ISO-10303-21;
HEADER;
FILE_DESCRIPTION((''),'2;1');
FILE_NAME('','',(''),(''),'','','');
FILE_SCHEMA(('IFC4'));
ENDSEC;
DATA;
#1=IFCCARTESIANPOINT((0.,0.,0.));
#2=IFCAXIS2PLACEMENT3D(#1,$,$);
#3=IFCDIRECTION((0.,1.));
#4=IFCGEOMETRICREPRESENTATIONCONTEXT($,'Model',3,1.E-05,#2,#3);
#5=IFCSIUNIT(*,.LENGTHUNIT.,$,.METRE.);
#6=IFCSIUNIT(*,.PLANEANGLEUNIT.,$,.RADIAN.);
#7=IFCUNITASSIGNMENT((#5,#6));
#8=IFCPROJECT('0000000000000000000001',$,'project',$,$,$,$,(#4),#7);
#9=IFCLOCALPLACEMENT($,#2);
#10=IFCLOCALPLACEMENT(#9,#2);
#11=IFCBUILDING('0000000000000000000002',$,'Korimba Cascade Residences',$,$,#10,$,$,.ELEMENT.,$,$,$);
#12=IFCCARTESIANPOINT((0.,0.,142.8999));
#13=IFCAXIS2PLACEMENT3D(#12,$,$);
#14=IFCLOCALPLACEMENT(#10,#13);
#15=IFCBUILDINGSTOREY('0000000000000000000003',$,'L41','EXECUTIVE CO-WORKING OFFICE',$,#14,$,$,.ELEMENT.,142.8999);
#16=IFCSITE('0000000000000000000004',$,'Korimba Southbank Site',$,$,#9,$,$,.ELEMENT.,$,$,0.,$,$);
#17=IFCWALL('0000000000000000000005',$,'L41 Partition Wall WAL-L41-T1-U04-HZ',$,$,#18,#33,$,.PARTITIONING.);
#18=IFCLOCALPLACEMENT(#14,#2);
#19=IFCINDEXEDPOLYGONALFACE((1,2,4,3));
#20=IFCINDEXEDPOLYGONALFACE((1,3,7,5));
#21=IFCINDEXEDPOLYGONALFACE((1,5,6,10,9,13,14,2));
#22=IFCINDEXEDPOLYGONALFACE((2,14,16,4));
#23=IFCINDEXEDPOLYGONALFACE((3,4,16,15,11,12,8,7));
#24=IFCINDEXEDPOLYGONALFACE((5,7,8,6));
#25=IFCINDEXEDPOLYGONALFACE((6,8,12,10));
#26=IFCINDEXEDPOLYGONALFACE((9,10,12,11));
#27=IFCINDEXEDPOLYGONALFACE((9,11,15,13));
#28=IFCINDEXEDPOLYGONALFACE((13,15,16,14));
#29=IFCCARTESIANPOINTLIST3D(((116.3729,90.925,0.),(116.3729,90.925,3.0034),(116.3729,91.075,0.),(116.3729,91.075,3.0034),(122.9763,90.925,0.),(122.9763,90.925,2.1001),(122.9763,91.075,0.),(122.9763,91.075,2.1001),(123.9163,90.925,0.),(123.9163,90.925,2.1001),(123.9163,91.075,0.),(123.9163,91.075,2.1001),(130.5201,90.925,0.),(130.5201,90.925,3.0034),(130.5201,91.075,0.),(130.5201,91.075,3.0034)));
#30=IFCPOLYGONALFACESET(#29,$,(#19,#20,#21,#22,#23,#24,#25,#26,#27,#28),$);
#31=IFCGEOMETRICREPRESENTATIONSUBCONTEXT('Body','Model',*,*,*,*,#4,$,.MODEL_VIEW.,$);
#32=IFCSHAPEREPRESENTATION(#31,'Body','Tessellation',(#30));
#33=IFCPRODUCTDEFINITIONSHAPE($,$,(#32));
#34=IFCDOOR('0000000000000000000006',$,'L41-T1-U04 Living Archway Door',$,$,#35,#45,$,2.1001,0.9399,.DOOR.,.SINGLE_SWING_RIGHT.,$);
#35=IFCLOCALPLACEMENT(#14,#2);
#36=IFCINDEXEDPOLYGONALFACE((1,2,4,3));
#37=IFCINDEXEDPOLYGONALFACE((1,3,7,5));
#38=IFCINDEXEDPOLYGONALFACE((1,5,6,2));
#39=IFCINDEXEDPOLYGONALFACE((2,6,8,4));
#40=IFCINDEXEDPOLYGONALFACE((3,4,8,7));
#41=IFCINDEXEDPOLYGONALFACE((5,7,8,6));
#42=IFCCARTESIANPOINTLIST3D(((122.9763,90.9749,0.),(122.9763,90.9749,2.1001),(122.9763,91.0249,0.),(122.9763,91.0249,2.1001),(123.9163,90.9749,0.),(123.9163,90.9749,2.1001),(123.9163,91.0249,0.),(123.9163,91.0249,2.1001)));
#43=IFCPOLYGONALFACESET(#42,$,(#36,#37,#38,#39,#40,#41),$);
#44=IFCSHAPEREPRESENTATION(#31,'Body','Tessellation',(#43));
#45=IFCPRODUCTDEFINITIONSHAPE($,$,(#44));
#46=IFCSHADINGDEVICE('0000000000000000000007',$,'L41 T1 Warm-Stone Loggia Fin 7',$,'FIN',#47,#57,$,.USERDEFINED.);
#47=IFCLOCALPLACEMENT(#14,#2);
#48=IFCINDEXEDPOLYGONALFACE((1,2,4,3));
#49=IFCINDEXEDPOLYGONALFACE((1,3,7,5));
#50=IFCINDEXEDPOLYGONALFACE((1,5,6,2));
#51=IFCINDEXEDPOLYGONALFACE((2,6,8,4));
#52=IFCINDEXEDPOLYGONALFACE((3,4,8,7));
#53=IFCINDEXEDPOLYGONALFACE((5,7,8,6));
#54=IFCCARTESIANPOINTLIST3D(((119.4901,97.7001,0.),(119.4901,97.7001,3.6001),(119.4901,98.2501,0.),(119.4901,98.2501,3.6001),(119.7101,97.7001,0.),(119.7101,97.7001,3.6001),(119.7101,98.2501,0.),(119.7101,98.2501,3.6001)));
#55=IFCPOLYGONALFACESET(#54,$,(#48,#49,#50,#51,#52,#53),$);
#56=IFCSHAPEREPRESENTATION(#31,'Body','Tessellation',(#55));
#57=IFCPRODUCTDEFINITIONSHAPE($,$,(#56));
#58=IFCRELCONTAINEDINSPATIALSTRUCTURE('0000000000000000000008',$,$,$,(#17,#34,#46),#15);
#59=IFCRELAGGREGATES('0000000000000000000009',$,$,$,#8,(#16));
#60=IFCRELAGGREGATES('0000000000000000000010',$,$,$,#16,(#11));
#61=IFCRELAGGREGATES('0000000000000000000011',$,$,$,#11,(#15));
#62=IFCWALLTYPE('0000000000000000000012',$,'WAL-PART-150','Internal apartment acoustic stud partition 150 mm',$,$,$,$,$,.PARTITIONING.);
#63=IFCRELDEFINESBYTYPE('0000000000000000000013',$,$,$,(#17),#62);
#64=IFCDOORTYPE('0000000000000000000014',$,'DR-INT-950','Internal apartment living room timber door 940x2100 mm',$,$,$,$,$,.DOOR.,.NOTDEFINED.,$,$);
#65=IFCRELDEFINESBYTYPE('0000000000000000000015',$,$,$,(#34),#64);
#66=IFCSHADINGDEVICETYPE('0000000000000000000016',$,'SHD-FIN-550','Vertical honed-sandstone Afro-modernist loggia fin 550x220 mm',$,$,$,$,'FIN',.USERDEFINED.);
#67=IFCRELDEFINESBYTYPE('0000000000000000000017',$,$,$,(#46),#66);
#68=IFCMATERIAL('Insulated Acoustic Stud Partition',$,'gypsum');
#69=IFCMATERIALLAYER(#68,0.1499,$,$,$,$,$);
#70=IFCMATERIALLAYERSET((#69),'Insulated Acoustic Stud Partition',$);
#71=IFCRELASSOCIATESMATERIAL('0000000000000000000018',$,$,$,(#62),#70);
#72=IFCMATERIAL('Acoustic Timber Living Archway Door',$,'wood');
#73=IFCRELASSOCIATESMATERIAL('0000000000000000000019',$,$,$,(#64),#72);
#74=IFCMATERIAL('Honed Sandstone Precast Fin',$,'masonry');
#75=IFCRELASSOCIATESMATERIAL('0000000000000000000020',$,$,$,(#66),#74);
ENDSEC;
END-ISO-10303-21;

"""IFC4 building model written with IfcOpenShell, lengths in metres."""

from ifc_helpers import new_model, si_unit, direction, frame, frame_2d, origin, origin_2d, place, context, subcontext, project, spatial, rectangle, extrude, material, layer, layer_set, type_object, element, fill, save


model = new_model("IFC4")

# Units and contexts
model_context = context("Model", 3, precision=1e-05, world=origin(), true_north=direction((0.0, 1.0)))
body_context = subcontext(model_context, "Body", "Model", "MODEL_VIEW")
ifc_project = project(units=[si_unit("LENGTHUNIT", "METRE"), si_unit("PLANEANGLEUNIT", "RADIAN")], contexts=[model_context])

# Site, building, storey
site_placement = place(None, origin())
site = spatial("IfcSite", under=ifc_project, at=site_placement, Name="Korimba Southbank Site", CompositionType="ELEMENT", RefElevation=0.0)
building_placement = place(site_placement, origin())
building = spatial("IfcBuilding", under=site, at=building_placement, Name="Korimba Cascade Residences", CompositionType="ELEMENT")
storey_placement = place(building_placement, frame((0.0, 0.0, 142.8999)))
storey = spatial("IfcBuildingStorey", under=building, at=storey_placement, Name="L41", Description="EXECUTIVE CO-WORKING OFFICE", CompositionType="ELEMENT", Elevation=142.8999)

# Shared definitions
ifc_material_1 = material(Name="Insulated Acoustic Stud Partition", Category="gypsum")
ifc_layer = layer(ifc_material_1, 0.1499)
ifc_layer_set = layer_set([ifc_layer], Name="Insulated Acoustic Stud Partition")
wall_type = type_object("IfcWallType", Name="WAL-PART-150", Description="Internal apartment acoustic stud partition 150 mm", PredefinedType="PARTITIONING", material=ifc_layer_set)

# Wall, opening, door
wall_1_placement = place(storey_placement, frame((116.3728, 91.0, 0.0), z_axis=(0.0, 0.0, 1.0), x_axis=(1.0, 0.0, 0.0)))
wall_1 = element("IfcWall", 1, at=wall_1_placement, inside=storey, type_object=wall_type, Name="L41 Partition Wall WAL-L41-T1-U04-HZ", PredefinedType="PARTITIONING", context=body_context, shape_type="SweptSolid", body=[
    extrude(rectangle(XDim=14.1472, YDim=0.1499, at=frame_2d((7.0737, 0.0))), origin(), (0.0, 0.0, 1.0), 3.0034),
])
opening_1_placement = place(wall_1_placement, frame((6.6035, 0.0, 0.0)))
opening_1 = element("IfcOpeningElement", 2, at=opening_1_placement, cuts=wall_1, PredefinedType="OPENING", context=body_context, shape_type="SweptSolid", body=[
    extrude(rectangle(XDim=0.9399, YDim=2.1001, at=frame_2d((0.47, 1.05))), frame((0.0, 0.085, 0.0), z_axis=(0.0, -1.0, 0.0), x_axis=(1.0, 0.0, 0.0)), (0.0, 0.0, 1.0), 0.1699),
])
ifc_material_2 = material(Name="Acoustic Timber Living Archway Door", Category="wood")
door_type_1 = type_object("IfcDoorType", Name="DR-INT-950", Description="Internal apartment living room timber door 940x2100 mm", OperationType="NOTDEFINED", PredefinedType="DOOR", material=ifc_material_2)
door_1_placement = place(opening_1_placement, origin())
door_1 = element("IfcDoor", 3, at=door_1_placement, inside=storey, type_object=door_type_1, Name="L41-T1-U04 Living Archway Door", OperationType="SINGLE_SWING_RIGHT", OverallHeight=2.1001, OverallWidth=0.9399, PredefinedType="DOOR", context=body_context, shape_type="SweptSolid", body=[
    extrude(rectangle(XDim=0.9399, YDim=2.1001, at=frame_2d((0.47, 1.05))), frame((0.0, 0.0249, 0.0), z_axis=(0.0, -1.0, 0.0), x_axis=(1.0, 0.0, 0.0)), (0.0, 0.0, 1.0), 0.05),
])
fill(opening_1, door_1)

# Shading device
ifc_material_3 = material(Name="Honed Sandstone Precast Fin", Category="masonry")
shading_device_type = type_object("IfcShadingDeviceType", Name="SHD-FIN-550", Description="Vertical honed-sandstone Afro-modernist loggia fin 550x220 mm", ElementType="FIN", PredefinedType="USERDEFINED", material=ifc_material_3)
shading_device_placement = place(storey_placement, frame((119.6001, 97.9751, 0.0), z_axis=(0.0, 0.0, 1.0), x_axis=(1.0, 0.0, 0.0)))
element("IfcShadingDevice", 4, at=shading_device_placement, inside=storey, type_object=shading_device_type, Name="L41 T1 Warm-Stone Loggia Fin 7", ObjectType="FIN", PredefinedType="USERDEFINED", context=body_context, shape_type="SweptSolid", body=[
    extrude(rectangle(XDim=0.22, YDim=0.55, at=origin_2d()), origin(), (0.0, 0.0, 1.0), 3.6001),
])

save(model, "model.ifc")
